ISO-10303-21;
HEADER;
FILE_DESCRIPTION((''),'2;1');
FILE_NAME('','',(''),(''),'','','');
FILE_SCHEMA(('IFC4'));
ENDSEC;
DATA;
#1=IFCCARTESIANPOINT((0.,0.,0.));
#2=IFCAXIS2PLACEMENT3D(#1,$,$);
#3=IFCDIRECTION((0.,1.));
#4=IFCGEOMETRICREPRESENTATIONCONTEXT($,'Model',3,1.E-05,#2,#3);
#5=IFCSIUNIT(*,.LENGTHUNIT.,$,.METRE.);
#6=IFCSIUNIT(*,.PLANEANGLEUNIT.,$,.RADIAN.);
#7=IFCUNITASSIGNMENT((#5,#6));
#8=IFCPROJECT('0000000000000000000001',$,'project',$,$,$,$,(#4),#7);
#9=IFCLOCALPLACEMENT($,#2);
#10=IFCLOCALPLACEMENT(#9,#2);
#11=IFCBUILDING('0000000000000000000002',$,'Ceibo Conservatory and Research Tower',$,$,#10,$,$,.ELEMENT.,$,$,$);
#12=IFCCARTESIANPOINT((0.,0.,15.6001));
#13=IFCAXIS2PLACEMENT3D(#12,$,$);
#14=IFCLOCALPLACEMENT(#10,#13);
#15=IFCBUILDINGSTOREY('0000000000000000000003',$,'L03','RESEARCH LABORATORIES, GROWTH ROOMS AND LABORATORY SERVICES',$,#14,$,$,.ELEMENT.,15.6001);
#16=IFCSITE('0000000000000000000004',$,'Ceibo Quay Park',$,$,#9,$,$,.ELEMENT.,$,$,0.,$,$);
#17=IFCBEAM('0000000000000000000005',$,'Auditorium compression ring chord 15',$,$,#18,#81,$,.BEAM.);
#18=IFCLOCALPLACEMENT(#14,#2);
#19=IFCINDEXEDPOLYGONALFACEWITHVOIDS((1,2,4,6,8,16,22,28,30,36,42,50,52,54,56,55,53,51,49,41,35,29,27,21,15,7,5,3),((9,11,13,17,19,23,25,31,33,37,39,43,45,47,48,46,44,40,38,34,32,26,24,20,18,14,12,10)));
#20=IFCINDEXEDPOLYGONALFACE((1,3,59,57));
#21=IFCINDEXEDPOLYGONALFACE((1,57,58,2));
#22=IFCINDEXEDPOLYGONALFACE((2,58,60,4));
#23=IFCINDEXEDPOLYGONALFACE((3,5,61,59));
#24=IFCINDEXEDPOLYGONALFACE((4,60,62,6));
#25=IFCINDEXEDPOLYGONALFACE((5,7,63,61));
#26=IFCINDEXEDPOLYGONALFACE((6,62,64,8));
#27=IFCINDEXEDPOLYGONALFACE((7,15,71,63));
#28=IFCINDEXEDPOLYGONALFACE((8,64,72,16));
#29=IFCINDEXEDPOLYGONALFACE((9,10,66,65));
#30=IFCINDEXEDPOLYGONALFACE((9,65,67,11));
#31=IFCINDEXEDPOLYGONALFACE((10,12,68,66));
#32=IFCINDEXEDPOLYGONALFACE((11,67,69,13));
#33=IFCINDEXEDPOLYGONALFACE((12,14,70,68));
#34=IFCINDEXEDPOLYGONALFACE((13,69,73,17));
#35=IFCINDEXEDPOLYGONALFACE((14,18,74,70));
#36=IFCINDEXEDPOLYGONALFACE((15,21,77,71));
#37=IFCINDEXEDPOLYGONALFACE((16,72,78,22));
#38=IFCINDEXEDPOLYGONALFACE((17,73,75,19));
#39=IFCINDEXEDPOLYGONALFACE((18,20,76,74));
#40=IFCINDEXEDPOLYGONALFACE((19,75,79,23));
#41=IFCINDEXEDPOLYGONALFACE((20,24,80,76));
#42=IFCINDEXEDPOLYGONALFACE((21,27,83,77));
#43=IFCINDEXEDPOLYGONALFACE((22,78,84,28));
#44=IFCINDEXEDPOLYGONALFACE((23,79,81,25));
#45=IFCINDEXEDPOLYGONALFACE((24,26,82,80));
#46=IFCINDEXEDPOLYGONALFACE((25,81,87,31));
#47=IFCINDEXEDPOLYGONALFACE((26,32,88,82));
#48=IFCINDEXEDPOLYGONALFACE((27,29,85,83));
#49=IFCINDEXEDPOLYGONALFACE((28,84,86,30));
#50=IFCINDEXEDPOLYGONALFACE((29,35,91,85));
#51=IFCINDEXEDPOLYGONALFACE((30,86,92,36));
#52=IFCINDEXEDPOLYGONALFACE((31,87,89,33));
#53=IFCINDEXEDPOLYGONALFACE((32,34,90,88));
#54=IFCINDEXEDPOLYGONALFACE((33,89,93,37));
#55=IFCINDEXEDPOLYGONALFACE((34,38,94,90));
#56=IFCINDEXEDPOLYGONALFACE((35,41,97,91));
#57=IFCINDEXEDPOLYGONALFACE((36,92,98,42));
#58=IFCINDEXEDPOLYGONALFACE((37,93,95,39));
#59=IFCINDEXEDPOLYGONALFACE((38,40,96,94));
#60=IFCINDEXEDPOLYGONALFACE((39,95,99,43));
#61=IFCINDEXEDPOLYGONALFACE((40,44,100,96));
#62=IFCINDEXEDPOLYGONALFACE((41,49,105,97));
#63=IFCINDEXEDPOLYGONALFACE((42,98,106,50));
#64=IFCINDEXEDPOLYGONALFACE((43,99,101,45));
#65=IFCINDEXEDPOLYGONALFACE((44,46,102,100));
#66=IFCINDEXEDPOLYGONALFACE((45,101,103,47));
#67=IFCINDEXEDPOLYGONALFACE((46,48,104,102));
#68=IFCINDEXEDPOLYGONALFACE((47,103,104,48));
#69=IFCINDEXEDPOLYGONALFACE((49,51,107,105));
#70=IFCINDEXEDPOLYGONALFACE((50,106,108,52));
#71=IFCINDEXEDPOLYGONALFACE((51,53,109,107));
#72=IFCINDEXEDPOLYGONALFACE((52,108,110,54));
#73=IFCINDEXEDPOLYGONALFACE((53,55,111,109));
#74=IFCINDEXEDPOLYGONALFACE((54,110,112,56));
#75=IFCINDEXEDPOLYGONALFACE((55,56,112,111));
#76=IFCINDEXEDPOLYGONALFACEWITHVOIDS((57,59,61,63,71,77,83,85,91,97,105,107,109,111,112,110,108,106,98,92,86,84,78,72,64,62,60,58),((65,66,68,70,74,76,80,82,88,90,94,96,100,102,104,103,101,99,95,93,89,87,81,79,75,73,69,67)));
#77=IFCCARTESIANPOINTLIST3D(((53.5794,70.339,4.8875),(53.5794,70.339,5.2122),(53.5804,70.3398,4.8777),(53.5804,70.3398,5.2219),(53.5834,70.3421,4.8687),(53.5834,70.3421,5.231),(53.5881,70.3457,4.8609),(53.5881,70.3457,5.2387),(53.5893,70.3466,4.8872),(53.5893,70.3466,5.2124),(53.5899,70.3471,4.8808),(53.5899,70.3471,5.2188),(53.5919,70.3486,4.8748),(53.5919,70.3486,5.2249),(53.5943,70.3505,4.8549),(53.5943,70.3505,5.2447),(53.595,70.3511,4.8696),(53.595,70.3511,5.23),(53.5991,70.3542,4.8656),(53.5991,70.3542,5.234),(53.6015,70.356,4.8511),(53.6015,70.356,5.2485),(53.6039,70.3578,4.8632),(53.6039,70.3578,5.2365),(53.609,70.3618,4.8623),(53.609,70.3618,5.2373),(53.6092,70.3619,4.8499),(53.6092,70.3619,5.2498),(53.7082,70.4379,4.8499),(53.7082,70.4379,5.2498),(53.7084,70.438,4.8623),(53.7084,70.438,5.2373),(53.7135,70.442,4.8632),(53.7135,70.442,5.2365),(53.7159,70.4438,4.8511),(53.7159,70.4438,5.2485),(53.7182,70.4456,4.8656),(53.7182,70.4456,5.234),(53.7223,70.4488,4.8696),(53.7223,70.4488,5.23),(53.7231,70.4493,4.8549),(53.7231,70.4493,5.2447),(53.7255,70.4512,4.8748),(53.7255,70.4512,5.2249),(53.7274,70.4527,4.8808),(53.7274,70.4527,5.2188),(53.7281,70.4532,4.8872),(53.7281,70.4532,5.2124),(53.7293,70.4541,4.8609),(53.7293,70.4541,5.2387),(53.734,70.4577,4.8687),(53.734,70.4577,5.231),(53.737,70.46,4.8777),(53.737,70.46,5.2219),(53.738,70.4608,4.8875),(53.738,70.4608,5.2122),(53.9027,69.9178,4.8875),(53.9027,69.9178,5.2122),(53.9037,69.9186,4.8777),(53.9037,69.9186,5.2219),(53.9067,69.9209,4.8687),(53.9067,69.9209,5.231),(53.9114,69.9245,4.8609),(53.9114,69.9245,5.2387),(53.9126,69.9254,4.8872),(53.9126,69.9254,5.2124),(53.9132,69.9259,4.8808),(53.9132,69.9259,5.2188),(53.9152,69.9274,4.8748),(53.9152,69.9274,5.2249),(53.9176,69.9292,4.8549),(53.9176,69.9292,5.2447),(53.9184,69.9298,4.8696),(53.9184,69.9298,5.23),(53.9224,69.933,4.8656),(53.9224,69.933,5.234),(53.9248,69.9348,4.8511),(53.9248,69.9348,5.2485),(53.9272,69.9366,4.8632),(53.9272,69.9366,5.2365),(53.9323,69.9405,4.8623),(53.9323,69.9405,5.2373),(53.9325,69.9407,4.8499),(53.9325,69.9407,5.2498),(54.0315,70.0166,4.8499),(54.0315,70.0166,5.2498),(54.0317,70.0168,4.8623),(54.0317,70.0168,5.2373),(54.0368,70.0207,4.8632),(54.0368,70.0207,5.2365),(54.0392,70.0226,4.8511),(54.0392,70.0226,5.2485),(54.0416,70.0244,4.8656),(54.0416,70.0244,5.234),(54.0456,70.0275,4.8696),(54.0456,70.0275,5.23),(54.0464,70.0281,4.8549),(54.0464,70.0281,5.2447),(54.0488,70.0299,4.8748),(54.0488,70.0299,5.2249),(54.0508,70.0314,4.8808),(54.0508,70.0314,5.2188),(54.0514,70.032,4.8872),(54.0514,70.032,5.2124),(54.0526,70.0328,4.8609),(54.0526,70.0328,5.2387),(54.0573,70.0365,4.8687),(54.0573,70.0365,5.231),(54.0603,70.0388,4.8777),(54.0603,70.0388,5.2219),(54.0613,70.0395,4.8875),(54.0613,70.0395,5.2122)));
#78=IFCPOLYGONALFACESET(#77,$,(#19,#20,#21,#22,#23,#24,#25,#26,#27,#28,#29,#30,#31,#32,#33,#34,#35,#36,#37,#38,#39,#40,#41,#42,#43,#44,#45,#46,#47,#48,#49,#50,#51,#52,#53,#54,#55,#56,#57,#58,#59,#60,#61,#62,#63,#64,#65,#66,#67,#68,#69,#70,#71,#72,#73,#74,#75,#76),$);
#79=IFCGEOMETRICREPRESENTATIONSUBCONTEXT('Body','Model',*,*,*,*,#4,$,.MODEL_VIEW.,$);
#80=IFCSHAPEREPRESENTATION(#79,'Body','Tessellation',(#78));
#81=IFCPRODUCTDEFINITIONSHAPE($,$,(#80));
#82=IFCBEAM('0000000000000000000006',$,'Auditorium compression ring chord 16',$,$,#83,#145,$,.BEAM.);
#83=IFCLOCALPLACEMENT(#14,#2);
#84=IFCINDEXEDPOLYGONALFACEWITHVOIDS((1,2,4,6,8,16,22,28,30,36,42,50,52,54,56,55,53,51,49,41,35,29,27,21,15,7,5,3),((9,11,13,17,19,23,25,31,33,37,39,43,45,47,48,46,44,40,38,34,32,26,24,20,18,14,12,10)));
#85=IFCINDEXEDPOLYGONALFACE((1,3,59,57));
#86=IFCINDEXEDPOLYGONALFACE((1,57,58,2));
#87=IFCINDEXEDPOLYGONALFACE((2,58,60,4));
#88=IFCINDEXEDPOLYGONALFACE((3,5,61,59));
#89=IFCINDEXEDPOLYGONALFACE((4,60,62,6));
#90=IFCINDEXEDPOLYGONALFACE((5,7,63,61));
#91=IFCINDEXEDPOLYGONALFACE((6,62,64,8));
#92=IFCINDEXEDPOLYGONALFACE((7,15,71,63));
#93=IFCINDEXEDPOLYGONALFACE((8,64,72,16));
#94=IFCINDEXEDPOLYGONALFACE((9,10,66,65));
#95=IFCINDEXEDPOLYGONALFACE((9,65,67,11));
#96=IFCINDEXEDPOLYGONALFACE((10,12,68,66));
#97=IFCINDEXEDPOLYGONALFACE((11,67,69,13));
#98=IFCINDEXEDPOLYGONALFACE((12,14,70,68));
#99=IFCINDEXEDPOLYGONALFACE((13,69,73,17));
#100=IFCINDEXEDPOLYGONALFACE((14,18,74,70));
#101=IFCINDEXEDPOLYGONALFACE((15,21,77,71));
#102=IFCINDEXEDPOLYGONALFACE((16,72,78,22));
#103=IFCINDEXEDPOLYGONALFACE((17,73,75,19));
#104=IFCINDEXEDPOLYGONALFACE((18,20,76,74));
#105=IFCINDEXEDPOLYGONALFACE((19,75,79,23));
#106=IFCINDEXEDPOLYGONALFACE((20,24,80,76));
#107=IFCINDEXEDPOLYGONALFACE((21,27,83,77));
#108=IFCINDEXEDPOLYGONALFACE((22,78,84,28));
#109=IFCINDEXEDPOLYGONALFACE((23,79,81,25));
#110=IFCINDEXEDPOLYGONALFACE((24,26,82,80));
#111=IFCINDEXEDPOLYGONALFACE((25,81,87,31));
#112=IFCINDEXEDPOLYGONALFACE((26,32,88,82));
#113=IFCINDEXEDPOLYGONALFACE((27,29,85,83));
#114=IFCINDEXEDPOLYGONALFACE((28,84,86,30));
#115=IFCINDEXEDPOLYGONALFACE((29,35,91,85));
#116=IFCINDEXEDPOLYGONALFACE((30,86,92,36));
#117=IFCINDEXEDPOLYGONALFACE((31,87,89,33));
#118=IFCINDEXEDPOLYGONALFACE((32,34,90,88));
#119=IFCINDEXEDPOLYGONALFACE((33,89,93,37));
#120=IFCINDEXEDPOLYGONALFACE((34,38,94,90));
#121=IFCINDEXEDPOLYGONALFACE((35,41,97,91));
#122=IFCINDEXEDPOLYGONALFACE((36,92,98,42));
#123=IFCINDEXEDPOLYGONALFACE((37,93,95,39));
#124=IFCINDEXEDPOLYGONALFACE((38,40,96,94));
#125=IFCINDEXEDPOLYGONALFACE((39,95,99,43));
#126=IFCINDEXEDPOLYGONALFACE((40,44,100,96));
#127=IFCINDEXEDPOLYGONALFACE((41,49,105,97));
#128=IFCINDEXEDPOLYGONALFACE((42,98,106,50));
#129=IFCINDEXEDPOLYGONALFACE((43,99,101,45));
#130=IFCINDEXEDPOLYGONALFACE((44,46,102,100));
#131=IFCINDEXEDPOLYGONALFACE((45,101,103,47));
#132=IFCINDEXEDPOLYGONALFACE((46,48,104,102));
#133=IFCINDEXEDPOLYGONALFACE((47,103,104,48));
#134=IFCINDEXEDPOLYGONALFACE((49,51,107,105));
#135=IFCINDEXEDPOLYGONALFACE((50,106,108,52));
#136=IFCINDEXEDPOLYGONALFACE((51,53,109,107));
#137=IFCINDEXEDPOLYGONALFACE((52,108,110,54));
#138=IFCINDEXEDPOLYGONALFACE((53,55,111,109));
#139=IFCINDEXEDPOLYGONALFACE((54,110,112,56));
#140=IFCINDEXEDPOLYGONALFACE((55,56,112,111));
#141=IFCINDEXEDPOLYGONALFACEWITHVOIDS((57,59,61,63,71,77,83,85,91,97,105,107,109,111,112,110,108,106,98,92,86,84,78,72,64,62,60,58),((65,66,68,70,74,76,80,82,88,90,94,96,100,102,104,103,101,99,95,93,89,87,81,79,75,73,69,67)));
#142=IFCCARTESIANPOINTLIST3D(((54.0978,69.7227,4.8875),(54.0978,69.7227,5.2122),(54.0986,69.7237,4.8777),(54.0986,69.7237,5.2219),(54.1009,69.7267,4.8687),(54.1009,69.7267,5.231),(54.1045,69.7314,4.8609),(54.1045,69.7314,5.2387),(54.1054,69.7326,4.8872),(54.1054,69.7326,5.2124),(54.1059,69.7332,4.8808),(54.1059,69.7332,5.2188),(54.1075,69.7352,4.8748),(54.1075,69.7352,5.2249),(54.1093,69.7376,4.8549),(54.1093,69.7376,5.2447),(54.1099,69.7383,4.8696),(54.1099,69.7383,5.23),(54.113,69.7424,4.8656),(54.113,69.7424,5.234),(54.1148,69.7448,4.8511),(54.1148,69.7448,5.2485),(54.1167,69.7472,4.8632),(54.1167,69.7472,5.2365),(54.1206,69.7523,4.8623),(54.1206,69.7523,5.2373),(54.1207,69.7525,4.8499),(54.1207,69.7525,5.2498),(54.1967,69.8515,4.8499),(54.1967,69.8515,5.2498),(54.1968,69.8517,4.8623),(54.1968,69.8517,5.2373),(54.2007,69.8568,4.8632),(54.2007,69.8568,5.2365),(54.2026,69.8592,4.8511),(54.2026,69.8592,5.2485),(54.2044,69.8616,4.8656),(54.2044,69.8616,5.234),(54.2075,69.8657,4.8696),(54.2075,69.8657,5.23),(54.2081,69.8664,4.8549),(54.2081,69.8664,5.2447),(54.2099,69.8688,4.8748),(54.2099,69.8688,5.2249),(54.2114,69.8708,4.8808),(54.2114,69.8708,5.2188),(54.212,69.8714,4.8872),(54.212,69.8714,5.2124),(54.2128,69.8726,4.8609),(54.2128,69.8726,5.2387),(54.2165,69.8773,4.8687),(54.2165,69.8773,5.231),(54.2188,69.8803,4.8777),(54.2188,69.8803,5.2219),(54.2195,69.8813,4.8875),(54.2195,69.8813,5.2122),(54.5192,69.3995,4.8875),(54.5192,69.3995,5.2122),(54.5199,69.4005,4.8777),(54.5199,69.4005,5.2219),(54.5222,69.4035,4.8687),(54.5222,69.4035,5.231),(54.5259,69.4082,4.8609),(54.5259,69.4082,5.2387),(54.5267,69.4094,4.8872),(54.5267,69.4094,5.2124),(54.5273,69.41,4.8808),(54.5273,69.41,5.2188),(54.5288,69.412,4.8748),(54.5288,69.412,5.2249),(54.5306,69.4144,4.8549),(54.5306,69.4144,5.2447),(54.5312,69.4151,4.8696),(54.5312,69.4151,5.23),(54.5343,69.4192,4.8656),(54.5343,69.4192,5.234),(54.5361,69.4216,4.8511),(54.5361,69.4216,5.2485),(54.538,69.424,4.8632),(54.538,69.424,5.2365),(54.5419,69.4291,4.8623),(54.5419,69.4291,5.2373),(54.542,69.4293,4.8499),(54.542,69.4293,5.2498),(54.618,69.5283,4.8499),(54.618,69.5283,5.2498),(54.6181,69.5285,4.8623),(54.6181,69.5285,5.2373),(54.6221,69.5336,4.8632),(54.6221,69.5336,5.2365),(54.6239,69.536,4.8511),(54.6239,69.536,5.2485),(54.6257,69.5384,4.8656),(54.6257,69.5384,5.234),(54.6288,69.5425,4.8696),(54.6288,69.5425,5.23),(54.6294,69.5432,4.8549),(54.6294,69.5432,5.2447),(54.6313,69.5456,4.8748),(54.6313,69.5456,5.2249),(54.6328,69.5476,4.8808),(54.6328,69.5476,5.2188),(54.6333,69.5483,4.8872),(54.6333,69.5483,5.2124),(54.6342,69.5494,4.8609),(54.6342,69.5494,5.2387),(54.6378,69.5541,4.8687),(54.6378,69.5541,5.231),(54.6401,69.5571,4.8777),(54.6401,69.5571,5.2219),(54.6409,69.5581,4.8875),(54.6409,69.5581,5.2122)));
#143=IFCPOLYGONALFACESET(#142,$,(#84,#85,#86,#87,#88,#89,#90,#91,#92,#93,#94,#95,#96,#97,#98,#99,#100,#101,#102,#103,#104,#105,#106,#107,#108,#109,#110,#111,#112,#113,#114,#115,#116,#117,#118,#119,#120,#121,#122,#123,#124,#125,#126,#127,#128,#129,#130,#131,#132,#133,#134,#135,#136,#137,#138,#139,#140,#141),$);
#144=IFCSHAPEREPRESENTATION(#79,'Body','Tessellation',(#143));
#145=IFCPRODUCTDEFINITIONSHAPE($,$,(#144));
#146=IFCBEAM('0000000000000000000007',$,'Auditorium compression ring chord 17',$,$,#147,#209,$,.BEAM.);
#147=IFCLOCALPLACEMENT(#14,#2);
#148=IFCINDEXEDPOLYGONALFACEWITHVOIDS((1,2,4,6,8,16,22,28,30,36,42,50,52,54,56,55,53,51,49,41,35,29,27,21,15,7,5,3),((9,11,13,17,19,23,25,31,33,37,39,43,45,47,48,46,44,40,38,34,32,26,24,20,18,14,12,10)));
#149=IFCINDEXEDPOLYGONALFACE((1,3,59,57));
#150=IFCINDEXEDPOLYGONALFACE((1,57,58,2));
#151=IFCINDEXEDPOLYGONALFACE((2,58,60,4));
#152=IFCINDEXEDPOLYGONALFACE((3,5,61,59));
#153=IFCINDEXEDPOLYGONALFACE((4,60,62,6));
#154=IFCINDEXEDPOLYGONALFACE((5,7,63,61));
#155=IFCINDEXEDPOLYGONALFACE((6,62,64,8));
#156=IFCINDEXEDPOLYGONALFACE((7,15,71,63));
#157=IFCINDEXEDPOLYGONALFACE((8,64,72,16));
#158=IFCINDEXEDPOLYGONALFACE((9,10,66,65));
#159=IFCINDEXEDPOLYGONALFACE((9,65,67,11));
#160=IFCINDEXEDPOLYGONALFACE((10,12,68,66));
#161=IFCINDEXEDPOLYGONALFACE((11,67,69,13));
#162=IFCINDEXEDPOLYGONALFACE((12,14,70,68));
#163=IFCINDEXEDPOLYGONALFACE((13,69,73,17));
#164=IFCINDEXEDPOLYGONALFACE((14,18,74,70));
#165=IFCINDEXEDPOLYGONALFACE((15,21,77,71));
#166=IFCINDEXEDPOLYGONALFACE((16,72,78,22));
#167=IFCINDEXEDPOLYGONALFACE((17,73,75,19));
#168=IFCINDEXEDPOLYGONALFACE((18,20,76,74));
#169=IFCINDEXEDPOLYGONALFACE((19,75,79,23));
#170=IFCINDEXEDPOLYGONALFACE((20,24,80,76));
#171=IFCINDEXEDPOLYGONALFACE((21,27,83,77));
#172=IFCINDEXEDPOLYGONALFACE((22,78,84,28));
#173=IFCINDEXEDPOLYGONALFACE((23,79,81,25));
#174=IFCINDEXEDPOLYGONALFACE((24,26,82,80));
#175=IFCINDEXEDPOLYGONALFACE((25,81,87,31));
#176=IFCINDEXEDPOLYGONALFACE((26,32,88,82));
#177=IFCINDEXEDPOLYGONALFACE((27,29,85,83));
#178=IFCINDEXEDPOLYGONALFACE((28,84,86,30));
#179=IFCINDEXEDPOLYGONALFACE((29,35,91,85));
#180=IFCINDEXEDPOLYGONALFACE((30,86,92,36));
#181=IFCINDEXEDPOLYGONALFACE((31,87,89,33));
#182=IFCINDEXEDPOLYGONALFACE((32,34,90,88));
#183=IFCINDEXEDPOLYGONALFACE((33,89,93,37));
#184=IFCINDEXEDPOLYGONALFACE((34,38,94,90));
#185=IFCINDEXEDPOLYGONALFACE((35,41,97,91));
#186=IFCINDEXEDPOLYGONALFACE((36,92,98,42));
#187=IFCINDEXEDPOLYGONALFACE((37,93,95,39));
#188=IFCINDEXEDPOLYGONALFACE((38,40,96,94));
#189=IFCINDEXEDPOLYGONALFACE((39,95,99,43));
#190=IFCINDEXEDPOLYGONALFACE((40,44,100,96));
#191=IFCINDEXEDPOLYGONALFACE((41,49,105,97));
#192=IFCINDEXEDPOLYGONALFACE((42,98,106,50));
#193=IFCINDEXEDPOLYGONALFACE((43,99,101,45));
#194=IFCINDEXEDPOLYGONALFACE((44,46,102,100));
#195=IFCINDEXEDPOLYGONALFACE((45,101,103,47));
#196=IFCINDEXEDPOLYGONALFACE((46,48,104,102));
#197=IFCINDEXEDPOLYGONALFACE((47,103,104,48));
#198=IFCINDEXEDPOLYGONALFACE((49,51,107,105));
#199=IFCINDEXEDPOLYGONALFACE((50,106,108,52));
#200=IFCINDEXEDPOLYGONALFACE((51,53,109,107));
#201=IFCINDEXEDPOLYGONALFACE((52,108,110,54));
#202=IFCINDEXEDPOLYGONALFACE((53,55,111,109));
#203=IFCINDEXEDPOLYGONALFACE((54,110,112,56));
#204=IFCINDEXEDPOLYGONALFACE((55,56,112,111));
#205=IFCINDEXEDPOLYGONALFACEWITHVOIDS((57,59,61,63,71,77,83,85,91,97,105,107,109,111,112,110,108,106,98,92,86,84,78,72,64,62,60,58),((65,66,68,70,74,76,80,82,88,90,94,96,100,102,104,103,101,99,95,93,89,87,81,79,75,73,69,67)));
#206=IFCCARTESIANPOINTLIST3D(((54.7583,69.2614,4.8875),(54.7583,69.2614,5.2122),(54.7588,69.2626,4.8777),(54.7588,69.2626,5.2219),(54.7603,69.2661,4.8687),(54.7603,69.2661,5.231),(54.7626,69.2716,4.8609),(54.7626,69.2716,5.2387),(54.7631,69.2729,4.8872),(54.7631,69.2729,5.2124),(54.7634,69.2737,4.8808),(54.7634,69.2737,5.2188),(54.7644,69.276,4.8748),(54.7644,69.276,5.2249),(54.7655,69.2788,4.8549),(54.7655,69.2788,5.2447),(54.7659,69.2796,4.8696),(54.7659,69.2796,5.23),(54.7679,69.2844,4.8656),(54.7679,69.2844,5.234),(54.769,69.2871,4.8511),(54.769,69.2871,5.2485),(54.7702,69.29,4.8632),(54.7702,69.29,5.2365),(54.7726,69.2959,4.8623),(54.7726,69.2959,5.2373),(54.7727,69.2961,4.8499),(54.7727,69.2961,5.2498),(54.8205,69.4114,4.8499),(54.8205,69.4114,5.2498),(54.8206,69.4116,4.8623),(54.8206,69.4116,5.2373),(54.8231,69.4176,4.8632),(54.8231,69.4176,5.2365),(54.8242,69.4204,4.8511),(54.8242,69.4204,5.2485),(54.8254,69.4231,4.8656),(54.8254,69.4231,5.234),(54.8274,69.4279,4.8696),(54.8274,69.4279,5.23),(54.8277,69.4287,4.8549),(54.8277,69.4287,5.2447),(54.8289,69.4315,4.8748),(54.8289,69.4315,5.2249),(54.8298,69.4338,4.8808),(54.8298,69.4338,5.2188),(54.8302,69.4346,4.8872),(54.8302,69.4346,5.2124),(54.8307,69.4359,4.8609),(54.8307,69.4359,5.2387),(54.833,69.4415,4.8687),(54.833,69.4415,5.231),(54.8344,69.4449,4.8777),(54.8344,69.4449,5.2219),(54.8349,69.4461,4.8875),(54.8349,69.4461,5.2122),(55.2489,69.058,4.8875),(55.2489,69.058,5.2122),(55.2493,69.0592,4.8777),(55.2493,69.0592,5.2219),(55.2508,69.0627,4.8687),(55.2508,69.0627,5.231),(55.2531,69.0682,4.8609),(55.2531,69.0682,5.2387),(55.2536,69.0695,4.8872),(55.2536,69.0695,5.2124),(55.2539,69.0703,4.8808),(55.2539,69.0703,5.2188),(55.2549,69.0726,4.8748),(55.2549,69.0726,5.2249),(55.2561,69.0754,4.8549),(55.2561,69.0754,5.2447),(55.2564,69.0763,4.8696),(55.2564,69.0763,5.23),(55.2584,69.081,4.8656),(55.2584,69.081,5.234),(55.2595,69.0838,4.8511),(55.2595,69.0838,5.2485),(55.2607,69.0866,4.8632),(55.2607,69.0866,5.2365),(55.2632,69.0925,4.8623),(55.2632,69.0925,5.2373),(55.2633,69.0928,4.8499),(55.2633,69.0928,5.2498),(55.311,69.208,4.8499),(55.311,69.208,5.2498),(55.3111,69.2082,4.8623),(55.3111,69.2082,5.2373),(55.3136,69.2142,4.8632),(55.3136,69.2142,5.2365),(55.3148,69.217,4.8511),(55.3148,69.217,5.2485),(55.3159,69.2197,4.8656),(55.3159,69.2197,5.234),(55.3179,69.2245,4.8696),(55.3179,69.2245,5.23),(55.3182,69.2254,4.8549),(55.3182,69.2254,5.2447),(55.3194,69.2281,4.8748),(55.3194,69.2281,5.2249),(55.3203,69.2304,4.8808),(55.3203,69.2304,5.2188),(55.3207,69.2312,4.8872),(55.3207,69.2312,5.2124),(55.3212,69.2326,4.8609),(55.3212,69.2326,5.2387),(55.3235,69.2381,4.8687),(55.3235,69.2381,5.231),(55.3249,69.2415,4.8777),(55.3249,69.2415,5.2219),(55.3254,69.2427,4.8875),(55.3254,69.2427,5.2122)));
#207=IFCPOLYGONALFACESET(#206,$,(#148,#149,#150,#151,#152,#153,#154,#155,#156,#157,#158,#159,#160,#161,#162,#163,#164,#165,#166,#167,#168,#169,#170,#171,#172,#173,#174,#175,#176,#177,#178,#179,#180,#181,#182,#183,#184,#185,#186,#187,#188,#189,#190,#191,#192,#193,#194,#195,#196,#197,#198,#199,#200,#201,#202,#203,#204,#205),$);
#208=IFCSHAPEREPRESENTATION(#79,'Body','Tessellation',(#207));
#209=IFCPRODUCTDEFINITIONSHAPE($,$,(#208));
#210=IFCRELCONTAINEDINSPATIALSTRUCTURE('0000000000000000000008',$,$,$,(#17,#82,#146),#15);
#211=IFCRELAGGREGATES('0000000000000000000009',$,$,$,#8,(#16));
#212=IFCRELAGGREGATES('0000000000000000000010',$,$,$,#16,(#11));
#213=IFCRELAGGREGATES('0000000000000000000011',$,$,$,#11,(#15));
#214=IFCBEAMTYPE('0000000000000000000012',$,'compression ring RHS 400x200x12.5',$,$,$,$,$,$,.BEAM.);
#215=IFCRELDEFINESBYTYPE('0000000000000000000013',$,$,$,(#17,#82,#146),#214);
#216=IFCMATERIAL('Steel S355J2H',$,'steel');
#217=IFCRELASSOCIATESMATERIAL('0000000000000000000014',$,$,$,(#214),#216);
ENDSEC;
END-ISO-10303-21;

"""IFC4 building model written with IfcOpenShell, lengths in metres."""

from ifc_helpers import new_model, si_unit, direction, frame, origin, origin_2d, place, context, subcontext, project, spatial, hollow_rectangle, extrude, material, material_profile, profile_set, type_object, element, save


model = new_model("IFC4")

# Units and contexts
model_context = context("Model", 3, precision=1e-05, world=origin(), true_north=direction((0.0, 1.0)))
body_context = subcontext(model_context, "Body", "Model", "MODEL_VIEW")
ifc_project = project(units=[si_unit("LENGTHUNIT", "METRE"), si_unit("PLANEANGLEUNIT", "RADIAN")], contexts=[model_context])

# Site, building, storey
site_placement = place(None, origin())
site = spatial("IfcSite", under=ifc_project, at=site_placement, Name="Ceibo Quay Park", CompositionType="ELEMENT", RefElevation=0.0)
building_placement = place(site_placement, origin())
building = spatial("IfcBuilding", under=site, at=building_placement, Name="Ceibo Conservatory and Research Tower", CompositionType="ELEMENT")
storey_placement = place(building_placement, frame((0.0, 0.0, 15.6001)))
storey = spatial("IfcBuildingStorey", under=building, at=storey_placement, Name="L03", Description="RESEARCH LABORATORIES, GROWTH ROOMS AND LABORATORY SERVICES", CompositionType="ELEMENT", Elevation=15.6001)

# Beams
ifc_material_1 = material(Name="Steel S355J2H", Category="steel")
ifc_material_profile_1 = material_profile(ifc_material_1, hollow_rectangle(XDim=0.2, YDim=0.3999, WallThickness=0.0125, InnerFilletRadius=0.0249, OuterFilletRadius=0.0376, at=origin_2d()), Name="RHS 400x200x12.5")
ifc_profile_set_1 = profile_set([ifc_material_profile_1], Name="Steel S355J2H")
beam_type_1 = type_object("IfcBeamType", Name="compression ring RHS 400x200x12.5", PredefinedType="BEAM", material=ifc_profile_set_1)
for number, where, z_axis, x_axis, name in (
    (1, (53.6587, 70.3999, 5.0498), (0.608866, -0.793273, 0.0), (0.793273, 0.608866, 0.0), "Auditorium compression ring chord 15"),
    (2, (54.1587, 69.802, 5.0498), (0.793444, -0.608644, 0.0), (0.608644, 0.793444, 0.0), "Auditorium compression ring chord 16"),
    (3, (54.7966, 69.3538, 5.0498), (0.923742, -0.383015, 0.0), (0.383015, 0.923742, 0.0), "Auditorium compression ring chord 17"),
):
    element("IfcBeam", number, at=place(storey_placement, frame(where, z_axis=z_axis, x_axis=x_axis)), inside=storey, type_object=beam_type_1, Name=name, PredefinedType="BEAM", context=body_context, shape_type="SweptSolid", body=[
        extrude(hollow_rectangle(XDim=0.2, YDim=0.3999, WallThickness=0.0125, InnerFilletRadius=0.0249, OuterFilletRadius=0.0376, at=origin_2d()), origin(), (0.0, 0.0, 1.0), 0.531),
    ])

save(model, "model.ifc")
